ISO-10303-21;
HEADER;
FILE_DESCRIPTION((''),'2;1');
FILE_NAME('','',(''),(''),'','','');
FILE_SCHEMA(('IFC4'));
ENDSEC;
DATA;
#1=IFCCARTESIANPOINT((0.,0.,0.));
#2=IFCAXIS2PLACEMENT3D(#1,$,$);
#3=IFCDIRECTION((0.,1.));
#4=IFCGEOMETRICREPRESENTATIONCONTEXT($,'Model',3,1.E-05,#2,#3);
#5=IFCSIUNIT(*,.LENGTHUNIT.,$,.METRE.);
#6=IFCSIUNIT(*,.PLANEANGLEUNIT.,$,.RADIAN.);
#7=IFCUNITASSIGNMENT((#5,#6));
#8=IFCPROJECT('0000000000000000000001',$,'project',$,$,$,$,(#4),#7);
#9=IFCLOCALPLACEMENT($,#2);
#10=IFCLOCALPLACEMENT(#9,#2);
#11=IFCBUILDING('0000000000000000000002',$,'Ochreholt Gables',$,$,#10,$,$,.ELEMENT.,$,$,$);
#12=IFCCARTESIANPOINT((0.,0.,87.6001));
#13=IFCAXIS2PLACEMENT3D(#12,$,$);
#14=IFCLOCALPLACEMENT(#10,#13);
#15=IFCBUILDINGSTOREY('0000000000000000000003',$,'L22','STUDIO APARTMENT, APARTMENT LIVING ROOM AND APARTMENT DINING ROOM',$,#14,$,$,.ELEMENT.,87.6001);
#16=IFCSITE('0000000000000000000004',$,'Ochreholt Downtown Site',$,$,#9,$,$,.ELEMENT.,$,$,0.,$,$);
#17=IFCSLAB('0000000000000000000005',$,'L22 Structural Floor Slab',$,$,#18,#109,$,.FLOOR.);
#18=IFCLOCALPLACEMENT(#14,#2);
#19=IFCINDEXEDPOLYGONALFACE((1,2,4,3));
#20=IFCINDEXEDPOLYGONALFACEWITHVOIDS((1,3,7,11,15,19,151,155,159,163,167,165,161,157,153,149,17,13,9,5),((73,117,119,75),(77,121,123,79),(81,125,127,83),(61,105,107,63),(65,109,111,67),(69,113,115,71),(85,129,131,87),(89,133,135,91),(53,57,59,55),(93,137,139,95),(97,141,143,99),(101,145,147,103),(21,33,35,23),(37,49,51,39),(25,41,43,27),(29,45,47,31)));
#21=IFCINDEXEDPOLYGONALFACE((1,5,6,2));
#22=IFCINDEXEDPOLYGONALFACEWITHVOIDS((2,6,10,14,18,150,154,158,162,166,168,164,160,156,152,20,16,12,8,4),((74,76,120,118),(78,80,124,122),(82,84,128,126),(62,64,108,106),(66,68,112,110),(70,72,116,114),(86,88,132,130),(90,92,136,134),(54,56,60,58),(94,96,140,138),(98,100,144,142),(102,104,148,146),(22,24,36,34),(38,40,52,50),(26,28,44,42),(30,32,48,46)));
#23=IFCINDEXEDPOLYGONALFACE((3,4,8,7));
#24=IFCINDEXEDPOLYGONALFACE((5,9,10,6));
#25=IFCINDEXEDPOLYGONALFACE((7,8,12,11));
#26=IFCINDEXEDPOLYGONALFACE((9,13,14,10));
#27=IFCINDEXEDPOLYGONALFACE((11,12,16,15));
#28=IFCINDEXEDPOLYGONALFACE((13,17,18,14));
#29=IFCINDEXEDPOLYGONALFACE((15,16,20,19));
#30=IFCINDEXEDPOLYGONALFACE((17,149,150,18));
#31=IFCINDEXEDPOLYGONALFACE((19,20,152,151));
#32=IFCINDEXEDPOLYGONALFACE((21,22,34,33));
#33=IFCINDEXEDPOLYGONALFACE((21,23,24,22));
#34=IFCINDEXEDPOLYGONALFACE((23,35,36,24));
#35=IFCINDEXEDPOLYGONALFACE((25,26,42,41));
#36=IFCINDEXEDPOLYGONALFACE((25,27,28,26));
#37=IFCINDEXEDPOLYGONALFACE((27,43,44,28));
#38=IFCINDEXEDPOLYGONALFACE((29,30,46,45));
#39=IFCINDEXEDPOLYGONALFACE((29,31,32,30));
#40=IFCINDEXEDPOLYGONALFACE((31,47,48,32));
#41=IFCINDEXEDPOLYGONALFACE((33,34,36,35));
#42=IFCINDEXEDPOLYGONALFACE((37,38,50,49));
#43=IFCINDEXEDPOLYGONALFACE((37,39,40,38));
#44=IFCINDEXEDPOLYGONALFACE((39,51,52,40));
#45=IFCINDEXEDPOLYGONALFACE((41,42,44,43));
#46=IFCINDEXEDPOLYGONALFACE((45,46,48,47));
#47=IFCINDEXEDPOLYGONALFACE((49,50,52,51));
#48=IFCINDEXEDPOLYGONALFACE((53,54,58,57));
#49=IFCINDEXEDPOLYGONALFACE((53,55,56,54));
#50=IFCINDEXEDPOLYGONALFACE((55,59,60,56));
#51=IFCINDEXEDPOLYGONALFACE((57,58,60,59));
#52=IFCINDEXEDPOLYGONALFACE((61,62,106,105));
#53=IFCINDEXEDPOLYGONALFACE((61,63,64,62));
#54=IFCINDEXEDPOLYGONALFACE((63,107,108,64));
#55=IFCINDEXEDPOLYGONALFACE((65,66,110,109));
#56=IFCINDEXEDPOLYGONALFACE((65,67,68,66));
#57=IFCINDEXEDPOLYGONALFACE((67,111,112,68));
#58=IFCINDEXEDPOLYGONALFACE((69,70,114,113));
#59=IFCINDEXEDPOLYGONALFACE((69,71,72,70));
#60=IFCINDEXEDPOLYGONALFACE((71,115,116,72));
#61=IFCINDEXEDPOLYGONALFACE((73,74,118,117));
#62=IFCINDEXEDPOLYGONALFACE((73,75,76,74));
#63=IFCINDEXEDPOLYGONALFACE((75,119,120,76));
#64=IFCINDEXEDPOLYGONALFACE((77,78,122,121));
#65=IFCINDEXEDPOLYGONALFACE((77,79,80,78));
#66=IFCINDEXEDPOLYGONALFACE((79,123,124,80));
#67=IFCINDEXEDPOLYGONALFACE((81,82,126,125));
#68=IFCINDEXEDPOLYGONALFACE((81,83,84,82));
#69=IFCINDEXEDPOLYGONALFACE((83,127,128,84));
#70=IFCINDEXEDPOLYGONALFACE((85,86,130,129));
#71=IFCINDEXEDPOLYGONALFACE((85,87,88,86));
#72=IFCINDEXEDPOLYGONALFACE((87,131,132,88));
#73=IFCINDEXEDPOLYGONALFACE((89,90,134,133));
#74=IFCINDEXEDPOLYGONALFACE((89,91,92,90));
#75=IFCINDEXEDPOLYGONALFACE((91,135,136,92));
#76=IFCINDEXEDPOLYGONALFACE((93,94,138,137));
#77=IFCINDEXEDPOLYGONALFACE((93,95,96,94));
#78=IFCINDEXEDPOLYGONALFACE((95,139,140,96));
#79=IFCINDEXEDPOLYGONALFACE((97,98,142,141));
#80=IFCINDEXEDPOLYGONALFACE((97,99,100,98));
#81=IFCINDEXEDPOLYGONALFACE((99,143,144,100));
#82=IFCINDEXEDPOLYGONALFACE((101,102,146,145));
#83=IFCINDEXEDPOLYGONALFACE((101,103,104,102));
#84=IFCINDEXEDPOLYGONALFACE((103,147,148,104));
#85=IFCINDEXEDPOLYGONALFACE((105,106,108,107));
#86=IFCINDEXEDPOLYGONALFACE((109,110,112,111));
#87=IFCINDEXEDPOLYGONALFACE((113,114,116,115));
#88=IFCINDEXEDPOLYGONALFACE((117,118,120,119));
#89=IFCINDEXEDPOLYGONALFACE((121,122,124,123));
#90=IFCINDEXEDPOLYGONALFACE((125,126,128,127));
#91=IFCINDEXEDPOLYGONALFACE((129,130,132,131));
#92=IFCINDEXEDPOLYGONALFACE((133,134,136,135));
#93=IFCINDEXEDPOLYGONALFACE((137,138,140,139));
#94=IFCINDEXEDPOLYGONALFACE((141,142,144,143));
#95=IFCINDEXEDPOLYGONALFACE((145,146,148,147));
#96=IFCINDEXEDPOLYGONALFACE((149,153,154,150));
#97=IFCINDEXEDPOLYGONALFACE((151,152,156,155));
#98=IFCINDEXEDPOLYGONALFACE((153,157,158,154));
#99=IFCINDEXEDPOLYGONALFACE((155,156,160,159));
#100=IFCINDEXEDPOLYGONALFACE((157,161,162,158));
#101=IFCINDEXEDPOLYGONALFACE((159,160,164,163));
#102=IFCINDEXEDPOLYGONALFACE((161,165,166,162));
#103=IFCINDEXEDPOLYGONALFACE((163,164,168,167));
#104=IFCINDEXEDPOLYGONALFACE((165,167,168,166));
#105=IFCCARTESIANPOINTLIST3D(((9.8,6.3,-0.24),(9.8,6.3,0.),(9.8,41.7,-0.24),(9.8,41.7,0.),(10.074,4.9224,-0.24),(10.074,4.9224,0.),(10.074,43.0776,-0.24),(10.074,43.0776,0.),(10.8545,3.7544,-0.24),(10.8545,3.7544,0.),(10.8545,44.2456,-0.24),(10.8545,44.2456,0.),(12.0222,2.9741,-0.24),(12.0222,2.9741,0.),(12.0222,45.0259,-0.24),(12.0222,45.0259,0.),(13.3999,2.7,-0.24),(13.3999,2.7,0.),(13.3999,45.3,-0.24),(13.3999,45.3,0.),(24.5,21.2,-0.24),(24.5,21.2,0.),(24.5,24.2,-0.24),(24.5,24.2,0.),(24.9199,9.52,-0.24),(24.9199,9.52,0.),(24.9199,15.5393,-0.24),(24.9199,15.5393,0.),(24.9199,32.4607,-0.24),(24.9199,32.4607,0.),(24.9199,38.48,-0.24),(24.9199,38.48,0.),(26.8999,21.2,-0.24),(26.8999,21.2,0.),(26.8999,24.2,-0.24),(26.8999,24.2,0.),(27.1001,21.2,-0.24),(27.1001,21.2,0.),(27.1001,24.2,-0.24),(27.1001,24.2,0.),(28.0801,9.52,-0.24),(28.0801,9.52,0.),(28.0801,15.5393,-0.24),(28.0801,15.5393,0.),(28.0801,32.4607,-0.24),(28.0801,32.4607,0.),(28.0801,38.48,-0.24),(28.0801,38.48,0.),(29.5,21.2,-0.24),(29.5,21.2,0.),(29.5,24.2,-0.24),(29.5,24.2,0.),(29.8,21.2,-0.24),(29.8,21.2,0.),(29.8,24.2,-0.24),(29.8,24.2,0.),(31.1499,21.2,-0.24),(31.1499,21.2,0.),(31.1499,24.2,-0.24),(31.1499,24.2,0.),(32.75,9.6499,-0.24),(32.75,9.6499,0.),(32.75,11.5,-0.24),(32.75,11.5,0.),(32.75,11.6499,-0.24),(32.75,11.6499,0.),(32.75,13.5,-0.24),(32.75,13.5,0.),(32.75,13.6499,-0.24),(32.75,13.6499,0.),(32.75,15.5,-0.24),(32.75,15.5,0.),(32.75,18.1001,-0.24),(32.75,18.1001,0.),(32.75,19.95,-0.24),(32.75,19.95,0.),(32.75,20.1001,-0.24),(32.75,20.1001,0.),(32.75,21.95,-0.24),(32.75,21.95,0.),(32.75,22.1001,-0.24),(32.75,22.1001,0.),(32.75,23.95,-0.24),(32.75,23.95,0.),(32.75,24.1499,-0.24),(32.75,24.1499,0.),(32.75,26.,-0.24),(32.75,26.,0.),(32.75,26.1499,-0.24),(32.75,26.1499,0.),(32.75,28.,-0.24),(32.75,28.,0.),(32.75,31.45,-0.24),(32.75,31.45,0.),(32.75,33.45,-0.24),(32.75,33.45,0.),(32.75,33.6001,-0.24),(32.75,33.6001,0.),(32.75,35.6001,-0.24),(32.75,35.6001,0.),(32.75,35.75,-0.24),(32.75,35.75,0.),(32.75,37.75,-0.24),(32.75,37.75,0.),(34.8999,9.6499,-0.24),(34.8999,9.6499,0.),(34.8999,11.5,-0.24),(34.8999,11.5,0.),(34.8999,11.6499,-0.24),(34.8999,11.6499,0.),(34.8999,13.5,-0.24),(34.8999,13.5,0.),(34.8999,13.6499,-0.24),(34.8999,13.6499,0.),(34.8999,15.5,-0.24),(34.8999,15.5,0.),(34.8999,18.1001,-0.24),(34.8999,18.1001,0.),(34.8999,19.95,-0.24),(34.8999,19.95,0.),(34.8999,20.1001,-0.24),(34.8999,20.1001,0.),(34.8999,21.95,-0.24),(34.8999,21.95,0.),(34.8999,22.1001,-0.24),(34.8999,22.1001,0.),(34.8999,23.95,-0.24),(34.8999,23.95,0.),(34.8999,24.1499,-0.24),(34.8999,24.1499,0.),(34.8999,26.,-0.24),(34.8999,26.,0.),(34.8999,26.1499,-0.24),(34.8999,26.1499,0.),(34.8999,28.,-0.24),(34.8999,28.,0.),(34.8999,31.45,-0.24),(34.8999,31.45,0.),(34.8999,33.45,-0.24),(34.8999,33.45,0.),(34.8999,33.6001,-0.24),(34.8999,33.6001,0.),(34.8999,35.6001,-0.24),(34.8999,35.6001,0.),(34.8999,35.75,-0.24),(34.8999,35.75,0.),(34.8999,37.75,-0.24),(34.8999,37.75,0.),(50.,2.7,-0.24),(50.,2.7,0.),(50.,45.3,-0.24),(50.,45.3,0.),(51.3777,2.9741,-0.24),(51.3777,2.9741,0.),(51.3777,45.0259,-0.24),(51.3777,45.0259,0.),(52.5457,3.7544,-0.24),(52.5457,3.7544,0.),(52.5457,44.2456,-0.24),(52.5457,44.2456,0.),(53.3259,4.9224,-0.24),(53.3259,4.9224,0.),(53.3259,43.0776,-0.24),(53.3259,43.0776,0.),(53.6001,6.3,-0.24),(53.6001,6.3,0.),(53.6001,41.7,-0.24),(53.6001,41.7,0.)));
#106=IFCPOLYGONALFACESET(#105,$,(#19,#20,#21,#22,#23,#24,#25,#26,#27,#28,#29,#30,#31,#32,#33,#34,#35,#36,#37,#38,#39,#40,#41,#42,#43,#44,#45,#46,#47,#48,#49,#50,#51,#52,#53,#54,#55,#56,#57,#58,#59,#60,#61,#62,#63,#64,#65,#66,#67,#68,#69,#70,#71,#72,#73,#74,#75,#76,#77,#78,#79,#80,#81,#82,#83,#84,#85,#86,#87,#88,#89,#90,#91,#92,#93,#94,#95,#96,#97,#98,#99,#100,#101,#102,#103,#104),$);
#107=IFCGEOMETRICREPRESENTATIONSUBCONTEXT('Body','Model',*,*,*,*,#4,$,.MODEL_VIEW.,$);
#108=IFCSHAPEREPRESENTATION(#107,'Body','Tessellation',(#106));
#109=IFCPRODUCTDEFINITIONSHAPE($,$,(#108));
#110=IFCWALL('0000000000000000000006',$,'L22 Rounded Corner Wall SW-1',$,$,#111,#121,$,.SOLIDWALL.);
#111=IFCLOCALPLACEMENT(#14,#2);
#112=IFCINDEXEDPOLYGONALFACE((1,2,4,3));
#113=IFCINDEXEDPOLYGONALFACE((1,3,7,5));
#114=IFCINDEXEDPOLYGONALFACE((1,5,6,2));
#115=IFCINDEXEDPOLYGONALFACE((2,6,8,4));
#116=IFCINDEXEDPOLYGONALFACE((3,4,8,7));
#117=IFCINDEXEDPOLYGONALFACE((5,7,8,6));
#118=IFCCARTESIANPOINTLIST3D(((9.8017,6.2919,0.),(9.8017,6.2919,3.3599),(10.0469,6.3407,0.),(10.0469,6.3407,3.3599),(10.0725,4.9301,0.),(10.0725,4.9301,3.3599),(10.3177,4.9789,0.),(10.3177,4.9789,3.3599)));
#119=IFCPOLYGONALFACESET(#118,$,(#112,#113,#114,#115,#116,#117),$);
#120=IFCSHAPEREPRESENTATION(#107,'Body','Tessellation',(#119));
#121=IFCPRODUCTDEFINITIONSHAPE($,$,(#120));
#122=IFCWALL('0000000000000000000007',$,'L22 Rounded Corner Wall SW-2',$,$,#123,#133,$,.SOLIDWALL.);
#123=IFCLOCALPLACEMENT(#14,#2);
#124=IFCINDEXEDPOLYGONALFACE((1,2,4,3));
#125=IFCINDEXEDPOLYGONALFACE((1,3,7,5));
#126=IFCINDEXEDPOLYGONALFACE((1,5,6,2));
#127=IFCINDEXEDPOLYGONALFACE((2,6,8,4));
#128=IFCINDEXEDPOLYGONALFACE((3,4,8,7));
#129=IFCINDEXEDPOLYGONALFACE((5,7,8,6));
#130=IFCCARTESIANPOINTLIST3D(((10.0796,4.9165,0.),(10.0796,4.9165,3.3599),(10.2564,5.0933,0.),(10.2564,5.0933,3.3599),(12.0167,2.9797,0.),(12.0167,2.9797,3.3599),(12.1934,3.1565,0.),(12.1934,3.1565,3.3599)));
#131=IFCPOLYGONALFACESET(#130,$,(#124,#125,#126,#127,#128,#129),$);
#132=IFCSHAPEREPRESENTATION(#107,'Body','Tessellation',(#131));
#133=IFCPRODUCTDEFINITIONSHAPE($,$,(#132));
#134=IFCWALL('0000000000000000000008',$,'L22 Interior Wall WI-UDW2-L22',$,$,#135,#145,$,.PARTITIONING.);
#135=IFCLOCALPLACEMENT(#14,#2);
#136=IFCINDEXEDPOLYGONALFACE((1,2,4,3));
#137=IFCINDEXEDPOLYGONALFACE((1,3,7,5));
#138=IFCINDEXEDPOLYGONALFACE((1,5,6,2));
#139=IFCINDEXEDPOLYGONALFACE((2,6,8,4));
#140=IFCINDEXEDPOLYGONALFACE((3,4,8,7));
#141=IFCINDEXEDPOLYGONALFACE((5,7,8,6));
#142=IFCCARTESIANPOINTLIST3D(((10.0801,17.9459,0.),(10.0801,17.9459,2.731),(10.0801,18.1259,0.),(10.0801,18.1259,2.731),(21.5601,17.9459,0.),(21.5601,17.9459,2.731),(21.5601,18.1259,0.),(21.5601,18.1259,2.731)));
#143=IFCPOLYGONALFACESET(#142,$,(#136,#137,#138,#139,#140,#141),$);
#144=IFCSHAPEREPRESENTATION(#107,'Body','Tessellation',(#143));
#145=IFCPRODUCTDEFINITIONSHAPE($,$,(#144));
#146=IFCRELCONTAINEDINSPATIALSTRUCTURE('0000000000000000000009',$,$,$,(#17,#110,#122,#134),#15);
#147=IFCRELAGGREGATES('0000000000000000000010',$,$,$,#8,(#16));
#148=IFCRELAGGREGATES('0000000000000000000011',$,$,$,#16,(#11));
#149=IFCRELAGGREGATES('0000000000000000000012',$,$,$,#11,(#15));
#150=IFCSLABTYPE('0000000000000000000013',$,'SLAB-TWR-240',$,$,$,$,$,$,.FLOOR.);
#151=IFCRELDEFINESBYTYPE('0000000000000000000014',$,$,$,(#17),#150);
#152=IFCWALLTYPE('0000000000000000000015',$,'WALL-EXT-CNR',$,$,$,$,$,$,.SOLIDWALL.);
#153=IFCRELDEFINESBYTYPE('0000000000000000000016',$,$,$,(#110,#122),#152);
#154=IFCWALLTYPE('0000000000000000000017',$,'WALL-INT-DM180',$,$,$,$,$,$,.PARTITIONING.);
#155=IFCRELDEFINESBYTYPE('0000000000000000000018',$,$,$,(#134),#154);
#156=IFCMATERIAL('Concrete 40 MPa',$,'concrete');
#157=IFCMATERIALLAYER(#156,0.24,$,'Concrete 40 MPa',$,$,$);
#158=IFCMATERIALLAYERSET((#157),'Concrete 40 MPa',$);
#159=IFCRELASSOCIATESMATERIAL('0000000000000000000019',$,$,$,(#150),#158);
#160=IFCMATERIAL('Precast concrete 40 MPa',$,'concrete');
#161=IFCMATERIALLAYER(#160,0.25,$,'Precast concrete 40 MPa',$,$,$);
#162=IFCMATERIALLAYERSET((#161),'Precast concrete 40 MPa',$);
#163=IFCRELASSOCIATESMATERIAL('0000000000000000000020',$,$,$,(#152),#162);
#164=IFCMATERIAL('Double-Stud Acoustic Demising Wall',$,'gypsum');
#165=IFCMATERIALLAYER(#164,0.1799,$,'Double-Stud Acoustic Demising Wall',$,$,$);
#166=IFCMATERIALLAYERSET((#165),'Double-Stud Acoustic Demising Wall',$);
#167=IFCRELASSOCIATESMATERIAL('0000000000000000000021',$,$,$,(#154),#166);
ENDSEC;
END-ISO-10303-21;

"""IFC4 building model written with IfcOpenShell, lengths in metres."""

from ifc_helpers import new_model, si_unit, direction, frame, frame_2d, origin, place, context, subcontext, project, spatial, polyline, rectangle, outline, extrude, material, layer, layer_set, type_object, element, save


model = new_model("IFC4")

# Units and contexts
model_context = context("Model", 3, precision=1e-05, world=origin(), true_north=direction((0.0, 1.0)))
body_context = subcontext(model_context, "Body", "Model", "MODEL_VIEW")
ifc_project = project(units=[si_unit("LENGTHUNIT", "METRE"), si_unit("PLANEANGLEUNIT", "RADIAN")], contexts=[model_context])

# Site, building, storey
site_placement = place(None, origin())
site = spatial("IfcSite", under=ifc_project, at=site_placement, Name="Ochreholt Downtown Site", CompositionType="ELEMENT", RefElevation=0.0)
building_placement = place(site_placement, origin())
building = spatial("IfcBuilding", under=site, at=building_placement, Name="Ochreholt Gables", CompositionType="ELEMENT")
storey_placement = place(building_placement, frame((0.0, 0.0, 87.6001)))
storey = spatial("IfcBuildingStorey", under=building, at=storey_placement, Name="L22", Description="STUDIO APARTMENT, APARTMENT LIVING ROOM AND APARTMENT DINING ROOM", CompositionType="ELEMENT", Elevation=87.6001)

# Shared definitions
ifc_material_1 = material(Name="Concrete 40 MPa", Category="concrete")

# Slab
ifc_layer_1 = layer(ifc_material_1, 0.24, Name="Concrete 40 MPa")
ifc_layer_set_1 = layer_set([ifc_layer_1], Name="Concrete 40 MPa")
slab_type_1 = type_object("IfcSlabType", Name="SLAB-TWR-240", PredefinedType="FLOOR", material=ifc_layer_set_1)
slab_1_placement = place(storey_placement, frame((0.0, 0.0, -0.24)))
element("IfcSlab", 1, at=slab_1_placement, inside=storey, type_object=slab_type_1, Name="L22 Structural Floor Slab", PredefinedType="FLOOR", context=body_context, shape_type="SweptSolid", body=[
    extrude(outline(polyline([(9.8, 6.3), (10.074, 4.9224), (10.8545, 3.7544), (12.0222, 2.9741), (13.3999, 2.7), (50.0, 2.7), (51.3777, 2.9741), (52.5457, 3.7544), (53.3259, 4.9224), (53.6001, 6.3), (53.6001, 41.7), (53.3259, 43.0776), (52.5457, 44.2456), (51.3777, 45.0259), (50.0, 45.3), (13.3999, 45.3), (12.0222, 45.0259), (10.8545, 44.2456), (10.074, 43.0776), (9.8, 41.7), (9.8, 6.3)]), holes=[polyline([(24.9199, 15.5393), (24.9199, 9.52), (28.0801, 9.52), (28.0801, 15.5393), (24.9199, 15.5393)]), polyline([(28.0801, 32.4607), (28.0801, 38.48), (24.9199, 38.48), (24.9199, 32.4607), (28.0801, 32.4607)]), polyline([(24.5, 21.2), (26.8999, 21.2), (26.8999, 24.2), (24.5, 24.2), (24.5, 21.2)]), polyline([(27.1001, 21.2), (29.5, 21.2), (29.5, 24.2), (27.1001, 24.2), (27.1001, 21.2)]), polyline([(32.75, 9.6499), (34.8999, 9.6499), (34.8999, 11.5), (32.75, 11.5), (32.75, 9.6499)]), polyline([(32.75, 11.6499), (34.8999, 11.6499), (34.8999, 13.5), (32.75, 13.5), (32.75, 11.6499)]), polyline([(32.75, 13.6499), (34.8999, 13.6499), (34.8999, 15.5), (32.75, 15.5), (32.75, 13.6499)]), polyline([(32.75, 18.1001), (34.8999, 18.1001), (34.8999, 19.95), (32.75, 19.95), (32.75, 18.1001)]), polyline([(32.75, 20.1001), (34.8999, 20.1001), (34.8999, 21.95), (32.75, 21.95), (32.75, 20.1001)]), polyline([(32.75, 22.1001), (34.8999, 22.1001), (34.8999, 23.95), (32.75, 23.95), (32.75, 22.1001)]), polyline([(32.75, 24.1499), (34.8999, 24.1499), (34.8999, 26.0), (32.75, 26.0), (32.75, 24.1499)]), polyline([(32.75, 26.1499), (34.8999, 26.1499), (34.8999, 28.0), (32.75, 28.0), (32.75, 26.1499)]), polyline([(32.75, 31.45), (34.8999, 31.45), (34.8999, 33.45), (32.75, 33.45), (32.75, 31.45)]), polyline([(32.75, 33.6001), (34.8999, 33.6001), (34.8999, 35.6001), (32.75, 35.6001), (32.75, 33.6001)]), polyline([(32.75, 35.75), (34.8999, 35.75), (34.8999, 37.75), (32.75, 37.75), (32.75, 35.75)]), polyline([(29.8, 21.2), (31.1499, 21.2), (31.1499, 24.2), (29.8, 24.2), (29.8, 21.2)])]), origin(), (0.0, 0.0, 1.0), 0.24),
])

# Walls
ifc_material_2 = material(Name="Precast concrete 40 MPa", Category="concrete")
ifc_layer_2 = layer(ifc_material_2, 0.25, Name="Precast concrete 40 MPa")
ifc_layer_set_2 = layer_set([ifc_layer_2], Name="Precast concrete 40 MPa")
wall_type_1 = type_object("IfcWallType", Name="WALL-EXT-CNR", PredefinedType="SOLIDWALL", material=ifc_layer_set_2)
wall_1_placement = place(storey_placement, frame((9.9243, 6.3164, 0.0), z_axis=(0.0, 0.0, 1.0), x_axis=(0.195, -0.980803, 0.0)))
element("IfcWall", 2, at=wall_1_placement, inside=storey, type_object=wall_type_1, Name="L22 Rounded Corner Wall SW-1", PredefinedType="SOLIDWALL", context=body_context, shape_type="SweptSolid", body=[
    extrude(rectangle(XDim=1.3884, YDim=0.25, at=frame_2d((0.6943, 0.0))), origin(), (0.0, 0.0, 1.0), 3.3599),
])
wall_2_placement = place(storey_placement, frame((10.168, 5.0049, 0.0), z_axis=(0.0, 0.0, 1.0), x_axis=(0.707151, -0.707062, 0.0)))
element("IfcWall", 3, at=wall_2_placement, inside=storey, type_object=wall_type_1, Name="L22 Rounded Corner Wall SW-2", PredefinedType="SOLIDWALL", context=body_context, shape_type="SweptSolid", body=[
    extrude(rectangle(XDim=2.7393, YDim=0.25, at=frame_2d((1.3696, 0.0))), origin(), (0.0, 0.0, 1.0), 3.3599),
])
ifc_material_3 = material(Name="Double-Stud Acoustic Demising Wall", Category="gypsum")
ifc_layer_3 = layer(ifc_material_3, 0.1799, Name="Double-Stud Acoustic Demising Wall")
ifc_layer_set_3 = layer_set([ifc_layer_3], Name="Double-Stud Acoustic Demising Wall")
wall_type_2 = type_object("IfcWallType", Name="WALL-INT-DM180", PredefinedType="PARTITIONING", material=ifc_layer_set_3)
wall_3_placement = place(storey_placement, frame((10.0801, 18.0359, 0.0), z_axis=(0.0, 0.0, 1.0), x_axis=(1.0, 0.0, 0.0)))
element("IfcWall", 4, at=wall_3_placement, inside=storey, type_object=wall_type_2, Name="L22 Interior Wall WI-UDW2-L22", PredefinedType="PARTITIONING", context=body_context, shape_type="SweptSolid", body=[
    extrude(rectangle(XDim=11.48, YDim=0.1799, at=frame_2d((5.74, 0.0))), origin(), (0.0, 0.0, 1.0), 2.731),
])

save(model, "model.ifc")
